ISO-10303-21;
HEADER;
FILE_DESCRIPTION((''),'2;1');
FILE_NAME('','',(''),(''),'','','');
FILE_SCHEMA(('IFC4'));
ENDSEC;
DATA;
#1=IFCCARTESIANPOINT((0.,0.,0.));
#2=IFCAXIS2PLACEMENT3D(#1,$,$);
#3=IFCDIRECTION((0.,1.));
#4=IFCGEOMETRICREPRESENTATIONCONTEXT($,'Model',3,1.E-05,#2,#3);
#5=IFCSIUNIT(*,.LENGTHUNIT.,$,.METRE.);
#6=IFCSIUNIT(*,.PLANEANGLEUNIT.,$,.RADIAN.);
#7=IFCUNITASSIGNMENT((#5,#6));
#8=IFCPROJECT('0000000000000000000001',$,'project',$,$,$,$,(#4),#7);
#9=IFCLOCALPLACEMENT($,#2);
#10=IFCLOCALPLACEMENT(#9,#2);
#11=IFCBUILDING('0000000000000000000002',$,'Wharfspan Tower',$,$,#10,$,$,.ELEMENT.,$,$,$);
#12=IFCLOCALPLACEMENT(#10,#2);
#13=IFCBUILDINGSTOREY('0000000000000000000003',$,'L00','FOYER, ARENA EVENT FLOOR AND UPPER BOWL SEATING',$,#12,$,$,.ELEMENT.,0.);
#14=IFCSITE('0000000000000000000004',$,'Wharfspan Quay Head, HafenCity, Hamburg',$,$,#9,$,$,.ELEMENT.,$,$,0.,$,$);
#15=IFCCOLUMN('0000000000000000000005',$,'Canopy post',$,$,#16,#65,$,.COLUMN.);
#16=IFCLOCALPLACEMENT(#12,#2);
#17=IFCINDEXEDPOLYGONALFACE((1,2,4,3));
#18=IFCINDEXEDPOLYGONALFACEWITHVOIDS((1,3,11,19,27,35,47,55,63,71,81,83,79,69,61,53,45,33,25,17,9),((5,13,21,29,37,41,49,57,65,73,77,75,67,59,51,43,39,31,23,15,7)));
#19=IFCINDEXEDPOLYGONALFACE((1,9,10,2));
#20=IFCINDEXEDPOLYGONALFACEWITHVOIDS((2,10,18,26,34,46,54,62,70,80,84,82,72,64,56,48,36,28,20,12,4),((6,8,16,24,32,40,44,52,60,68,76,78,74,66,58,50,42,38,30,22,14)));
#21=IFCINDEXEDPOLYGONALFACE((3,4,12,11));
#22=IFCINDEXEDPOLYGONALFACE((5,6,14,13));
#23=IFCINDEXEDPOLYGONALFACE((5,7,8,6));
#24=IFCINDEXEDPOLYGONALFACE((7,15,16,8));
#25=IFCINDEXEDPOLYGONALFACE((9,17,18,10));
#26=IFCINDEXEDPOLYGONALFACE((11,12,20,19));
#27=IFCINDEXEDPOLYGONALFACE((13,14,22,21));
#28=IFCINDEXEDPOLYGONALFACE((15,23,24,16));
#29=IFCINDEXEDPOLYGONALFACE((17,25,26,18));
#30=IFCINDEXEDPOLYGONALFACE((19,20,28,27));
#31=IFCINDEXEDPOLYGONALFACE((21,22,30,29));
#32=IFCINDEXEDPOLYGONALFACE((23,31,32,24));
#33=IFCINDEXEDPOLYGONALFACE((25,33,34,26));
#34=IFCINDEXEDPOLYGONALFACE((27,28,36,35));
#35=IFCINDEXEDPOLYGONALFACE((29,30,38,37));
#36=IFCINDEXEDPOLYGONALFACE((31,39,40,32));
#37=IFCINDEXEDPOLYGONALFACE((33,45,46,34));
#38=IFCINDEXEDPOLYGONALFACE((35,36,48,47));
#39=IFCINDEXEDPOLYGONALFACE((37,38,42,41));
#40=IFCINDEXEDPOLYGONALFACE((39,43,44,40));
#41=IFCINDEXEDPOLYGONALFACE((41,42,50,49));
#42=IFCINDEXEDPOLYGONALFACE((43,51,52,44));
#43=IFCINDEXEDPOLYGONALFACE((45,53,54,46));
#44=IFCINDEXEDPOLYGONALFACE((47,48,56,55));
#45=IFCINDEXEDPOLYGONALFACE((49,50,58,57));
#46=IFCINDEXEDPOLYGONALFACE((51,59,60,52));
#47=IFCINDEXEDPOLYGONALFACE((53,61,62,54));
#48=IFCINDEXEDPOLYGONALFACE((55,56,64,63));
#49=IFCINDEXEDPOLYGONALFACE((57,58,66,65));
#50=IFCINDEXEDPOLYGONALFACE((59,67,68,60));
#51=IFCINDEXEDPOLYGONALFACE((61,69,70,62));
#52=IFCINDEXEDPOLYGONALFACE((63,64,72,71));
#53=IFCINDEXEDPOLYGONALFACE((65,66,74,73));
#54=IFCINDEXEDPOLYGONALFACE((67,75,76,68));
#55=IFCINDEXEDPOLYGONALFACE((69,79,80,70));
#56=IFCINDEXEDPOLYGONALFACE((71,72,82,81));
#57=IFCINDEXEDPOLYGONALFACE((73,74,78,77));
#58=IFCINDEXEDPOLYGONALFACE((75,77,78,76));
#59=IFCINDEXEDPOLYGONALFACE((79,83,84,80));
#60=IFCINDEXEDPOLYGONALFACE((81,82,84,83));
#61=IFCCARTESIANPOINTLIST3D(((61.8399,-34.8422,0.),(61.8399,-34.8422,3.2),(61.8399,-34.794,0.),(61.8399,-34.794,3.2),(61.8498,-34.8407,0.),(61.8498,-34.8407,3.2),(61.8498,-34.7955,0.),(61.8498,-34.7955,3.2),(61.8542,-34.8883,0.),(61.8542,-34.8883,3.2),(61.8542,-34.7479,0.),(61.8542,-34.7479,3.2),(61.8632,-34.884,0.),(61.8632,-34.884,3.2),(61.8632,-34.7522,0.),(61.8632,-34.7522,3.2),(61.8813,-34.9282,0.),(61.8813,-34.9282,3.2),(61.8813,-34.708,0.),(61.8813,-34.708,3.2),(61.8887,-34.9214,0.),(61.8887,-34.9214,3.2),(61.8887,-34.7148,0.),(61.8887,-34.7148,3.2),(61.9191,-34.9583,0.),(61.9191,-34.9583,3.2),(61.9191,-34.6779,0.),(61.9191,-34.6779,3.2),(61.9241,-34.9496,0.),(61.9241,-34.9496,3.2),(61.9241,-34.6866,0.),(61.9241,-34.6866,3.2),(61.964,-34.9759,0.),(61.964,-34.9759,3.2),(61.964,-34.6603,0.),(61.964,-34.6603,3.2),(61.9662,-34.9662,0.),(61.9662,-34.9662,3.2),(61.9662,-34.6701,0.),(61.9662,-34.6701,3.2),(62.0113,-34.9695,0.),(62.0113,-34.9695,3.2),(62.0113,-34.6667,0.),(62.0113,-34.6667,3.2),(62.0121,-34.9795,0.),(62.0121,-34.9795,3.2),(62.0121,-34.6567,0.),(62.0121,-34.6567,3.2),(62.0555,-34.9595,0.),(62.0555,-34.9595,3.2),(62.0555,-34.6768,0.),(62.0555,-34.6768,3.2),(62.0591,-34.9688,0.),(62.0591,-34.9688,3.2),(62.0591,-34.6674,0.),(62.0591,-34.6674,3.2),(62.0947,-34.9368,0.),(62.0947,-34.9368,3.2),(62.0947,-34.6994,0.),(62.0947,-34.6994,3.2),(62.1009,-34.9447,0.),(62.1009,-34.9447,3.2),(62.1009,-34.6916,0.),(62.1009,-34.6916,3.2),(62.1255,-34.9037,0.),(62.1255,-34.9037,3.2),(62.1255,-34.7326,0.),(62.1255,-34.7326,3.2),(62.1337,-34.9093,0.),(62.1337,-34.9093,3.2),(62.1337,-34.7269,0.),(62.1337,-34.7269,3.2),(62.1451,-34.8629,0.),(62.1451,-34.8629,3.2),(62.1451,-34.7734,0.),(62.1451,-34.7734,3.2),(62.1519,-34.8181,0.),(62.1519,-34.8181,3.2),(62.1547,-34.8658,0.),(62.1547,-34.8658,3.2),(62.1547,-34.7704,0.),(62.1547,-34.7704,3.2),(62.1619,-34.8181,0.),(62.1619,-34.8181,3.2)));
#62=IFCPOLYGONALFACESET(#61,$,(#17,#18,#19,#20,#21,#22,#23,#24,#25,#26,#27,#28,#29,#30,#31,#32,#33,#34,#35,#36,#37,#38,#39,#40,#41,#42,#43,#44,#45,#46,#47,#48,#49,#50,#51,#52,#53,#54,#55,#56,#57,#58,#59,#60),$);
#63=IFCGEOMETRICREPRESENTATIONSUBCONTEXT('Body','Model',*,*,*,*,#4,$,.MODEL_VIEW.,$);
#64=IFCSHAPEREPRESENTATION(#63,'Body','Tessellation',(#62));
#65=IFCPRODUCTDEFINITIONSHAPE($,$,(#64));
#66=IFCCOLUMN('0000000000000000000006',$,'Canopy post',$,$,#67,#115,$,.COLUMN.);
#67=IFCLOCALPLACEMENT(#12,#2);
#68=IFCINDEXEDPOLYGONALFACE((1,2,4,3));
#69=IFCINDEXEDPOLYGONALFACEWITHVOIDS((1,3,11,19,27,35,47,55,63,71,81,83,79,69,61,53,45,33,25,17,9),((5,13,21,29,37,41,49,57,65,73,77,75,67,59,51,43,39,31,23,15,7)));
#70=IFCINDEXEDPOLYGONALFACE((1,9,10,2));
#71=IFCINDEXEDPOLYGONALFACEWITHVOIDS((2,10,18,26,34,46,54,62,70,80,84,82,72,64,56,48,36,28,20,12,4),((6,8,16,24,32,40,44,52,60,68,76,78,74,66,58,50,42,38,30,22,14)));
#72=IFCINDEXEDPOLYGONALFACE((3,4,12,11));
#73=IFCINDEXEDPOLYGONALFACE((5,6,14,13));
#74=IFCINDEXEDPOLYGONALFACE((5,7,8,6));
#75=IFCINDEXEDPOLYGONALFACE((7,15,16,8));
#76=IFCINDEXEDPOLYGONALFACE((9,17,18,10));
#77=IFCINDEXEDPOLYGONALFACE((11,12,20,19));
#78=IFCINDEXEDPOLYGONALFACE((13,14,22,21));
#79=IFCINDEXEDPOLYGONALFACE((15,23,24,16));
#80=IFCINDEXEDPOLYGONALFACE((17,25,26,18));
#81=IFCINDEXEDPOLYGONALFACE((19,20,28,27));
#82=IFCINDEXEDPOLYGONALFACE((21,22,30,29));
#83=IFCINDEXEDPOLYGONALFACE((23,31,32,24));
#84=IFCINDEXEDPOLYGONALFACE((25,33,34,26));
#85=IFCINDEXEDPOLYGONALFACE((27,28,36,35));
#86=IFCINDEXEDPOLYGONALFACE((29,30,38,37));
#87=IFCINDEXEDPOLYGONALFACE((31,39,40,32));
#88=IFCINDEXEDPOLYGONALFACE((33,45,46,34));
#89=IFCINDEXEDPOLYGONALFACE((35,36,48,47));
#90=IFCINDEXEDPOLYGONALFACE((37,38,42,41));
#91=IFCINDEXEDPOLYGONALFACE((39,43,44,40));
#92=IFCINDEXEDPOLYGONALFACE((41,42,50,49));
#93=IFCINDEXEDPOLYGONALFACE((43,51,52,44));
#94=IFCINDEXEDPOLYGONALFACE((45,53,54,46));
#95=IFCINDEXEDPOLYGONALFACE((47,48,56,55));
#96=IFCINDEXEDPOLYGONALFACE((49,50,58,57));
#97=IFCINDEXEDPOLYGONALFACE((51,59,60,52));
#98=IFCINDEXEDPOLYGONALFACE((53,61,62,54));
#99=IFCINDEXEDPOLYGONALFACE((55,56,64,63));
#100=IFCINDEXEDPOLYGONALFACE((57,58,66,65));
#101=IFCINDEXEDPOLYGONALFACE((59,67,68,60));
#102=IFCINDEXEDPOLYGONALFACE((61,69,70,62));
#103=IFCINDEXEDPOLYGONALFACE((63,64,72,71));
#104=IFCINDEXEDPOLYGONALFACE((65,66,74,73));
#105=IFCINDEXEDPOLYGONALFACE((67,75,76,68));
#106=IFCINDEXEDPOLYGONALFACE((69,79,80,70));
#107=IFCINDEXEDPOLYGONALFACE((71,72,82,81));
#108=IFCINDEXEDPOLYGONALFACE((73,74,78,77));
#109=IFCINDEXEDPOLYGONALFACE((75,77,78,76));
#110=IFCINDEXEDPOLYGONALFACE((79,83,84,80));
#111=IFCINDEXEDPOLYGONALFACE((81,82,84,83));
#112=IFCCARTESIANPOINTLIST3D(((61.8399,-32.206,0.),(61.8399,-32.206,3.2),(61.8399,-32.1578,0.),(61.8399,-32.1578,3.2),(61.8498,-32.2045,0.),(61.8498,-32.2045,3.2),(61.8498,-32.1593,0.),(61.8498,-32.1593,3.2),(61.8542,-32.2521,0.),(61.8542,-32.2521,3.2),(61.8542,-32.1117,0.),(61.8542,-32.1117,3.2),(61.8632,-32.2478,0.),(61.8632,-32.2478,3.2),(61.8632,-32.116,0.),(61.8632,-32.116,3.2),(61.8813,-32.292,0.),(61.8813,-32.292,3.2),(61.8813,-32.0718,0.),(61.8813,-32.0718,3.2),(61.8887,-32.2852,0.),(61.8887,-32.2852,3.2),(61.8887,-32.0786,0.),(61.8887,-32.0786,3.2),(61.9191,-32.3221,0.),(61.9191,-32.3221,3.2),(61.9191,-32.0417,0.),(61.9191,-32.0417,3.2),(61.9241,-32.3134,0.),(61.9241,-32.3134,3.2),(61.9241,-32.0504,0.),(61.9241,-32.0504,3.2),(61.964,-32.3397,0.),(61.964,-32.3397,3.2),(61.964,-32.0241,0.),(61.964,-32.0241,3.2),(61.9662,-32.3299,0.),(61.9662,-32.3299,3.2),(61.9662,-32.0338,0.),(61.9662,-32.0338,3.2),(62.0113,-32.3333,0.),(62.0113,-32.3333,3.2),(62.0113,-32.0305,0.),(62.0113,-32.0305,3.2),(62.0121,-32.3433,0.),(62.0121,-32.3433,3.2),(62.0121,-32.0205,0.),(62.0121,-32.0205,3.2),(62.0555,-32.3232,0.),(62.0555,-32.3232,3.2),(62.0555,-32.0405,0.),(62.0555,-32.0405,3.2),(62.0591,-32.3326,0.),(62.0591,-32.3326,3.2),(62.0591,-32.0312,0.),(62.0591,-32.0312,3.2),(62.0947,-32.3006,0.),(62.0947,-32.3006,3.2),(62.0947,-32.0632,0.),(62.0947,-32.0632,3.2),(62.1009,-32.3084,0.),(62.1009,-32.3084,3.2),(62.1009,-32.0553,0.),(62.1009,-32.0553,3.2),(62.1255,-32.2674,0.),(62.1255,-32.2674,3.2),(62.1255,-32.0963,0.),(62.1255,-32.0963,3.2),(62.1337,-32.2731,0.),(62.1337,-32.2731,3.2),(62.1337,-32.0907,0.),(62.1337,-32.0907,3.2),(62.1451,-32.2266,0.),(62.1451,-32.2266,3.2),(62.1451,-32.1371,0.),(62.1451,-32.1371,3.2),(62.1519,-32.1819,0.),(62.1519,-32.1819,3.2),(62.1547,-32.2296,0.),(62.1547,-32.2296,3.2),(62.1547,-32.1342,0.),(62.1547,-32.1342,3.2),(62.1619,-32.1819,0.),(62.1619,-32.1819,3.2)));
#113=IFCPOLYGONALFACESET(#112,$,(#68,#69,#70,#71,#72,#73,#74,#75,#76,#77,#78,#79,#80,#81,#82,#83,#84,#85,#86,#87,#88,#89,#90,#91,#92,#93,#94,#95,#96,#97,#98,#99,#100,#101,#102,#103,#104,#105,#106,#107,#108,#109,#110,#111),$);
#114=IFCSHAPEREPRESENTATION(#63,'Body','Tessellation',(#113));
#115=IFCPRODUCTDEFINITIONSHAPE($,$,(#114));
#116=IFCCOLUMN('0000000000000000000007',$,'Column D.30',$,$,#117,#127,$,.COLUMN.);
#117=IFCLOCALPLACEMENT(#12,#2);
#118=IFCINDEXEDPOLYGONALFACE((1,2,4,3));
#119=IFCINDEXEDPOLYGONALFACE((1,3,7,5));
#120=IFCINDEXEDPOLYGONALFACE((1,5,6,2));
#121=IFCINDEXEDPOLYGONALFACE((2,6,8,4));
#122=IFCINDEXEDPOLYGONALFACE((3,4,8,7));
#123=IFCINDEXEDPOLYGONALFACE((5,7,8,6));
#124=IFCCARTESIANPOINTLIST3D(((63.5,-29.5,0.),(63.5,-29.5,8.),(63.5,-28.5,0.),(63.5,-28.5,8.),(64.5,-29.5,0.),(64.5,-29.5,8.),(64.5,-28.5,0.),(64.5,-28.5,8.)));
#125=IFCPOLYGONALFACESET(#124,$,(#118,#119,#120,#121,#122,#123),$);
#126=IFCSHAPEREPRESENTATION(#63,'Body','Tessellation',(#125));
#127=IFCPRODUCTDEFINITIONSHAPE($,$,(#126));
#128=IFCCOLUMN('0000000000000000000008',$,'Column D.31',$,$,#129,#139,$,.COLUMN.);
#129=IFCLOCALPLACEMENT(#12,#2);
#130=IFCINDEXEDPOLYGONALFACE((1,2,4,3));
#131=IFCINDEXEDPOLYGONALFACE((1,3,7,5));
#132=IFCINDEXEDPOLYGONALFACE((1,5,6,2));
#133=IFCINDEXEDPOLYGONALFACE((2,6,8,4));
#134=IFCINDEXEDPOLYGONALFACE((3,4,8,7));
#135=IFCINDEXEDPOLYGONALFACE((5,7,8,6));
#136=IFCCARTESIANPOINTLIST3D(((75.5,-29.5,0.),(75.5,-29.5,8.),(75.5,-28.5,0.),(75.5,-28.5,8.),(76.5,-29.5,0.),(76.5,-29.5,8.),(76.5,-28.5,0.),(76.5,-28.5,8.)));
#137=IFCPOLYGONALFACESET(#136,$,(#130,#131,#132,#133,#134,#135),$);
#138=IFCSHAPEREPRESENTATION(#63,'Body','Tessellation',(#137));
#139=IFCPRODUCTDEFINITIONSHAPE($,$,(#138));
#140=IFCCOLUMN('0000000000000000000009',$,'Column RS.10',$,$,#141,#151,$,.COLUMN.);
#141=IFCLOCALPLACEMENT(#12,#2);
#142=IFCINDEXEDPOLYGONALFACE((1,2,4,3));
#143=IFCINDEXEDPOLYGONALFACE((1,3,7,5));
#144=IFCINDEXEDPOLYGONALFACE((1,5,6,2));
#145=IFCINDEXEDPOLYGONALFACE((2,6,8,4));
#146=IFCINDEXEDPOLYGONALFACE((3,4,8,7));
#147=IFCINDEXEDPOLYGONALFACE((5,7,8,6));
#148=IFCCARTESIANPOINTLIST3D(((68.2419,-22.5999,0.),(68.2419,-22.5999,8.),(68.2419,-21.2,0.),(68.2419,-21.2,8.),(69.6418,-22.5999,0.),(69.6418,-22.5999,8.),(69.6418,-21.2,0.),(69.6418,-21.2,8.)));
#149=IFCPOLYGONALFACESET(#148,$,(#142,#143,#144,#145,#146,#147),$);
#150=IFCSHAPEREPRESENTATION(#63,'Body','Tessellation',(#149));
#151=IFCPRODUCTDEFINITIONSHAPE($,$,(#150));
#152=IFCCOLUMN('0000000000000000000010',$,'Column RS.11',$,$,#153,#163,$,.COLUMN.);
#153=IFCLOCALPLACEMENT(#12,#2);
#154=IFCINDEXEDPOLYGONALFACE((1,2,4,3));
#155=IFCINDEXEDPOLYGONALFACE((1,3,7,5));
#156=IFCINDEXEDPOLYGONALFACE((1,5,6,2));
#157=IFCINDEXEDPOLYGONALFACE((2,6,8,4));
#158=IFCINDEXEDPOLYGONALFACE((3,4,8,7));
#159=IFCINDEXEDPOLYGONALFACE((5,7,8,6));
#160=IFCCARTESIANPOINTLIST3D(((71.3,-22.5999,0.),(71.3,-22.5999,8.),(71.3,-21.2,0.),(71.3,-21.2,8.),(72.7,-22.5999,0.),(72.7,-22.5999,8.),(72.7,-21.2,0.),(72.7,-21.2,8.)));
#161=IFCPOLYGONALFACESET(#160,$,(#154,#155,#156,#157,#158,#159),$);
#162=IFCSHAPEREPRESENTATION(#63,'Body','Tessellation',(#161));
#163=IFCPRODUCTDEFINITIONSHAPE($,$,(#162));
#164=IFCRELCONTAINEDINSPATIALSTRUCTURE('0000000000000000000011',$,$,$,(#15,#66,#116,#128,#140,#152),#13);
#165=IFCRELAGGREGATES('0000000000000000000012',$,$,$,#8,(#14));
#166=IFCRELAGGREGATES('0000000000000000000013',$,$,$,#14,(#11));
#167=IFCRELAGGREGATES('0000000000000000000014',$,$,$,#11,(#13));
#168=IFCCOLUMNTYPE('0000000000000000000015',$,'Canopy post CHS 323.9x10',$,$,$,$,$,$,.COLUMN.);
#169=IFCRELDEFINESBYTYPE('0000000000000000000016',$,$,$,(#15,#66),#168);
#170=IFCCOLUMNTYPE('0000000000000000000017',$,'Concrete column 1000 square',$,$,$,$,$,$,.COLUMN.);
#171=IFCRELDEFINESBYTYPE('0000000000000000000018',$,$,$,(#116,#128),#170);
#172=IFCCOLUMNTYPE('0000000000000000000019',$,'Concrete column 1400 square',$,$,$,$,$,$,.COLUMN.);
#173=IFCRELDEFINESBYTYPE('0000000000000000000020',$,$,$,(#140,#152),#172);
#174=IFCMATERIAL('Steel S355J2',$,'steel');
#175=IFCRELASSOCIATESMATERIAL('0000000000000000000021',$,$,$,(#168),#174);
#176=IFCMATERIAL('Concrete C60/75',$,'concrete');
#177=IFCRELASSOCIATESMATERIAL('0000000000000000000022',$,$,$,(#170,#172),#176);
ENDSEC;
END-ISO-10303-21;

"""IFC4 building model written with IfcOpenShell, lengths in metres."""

from ifc_helpers import new_model, si_unit, direction, frame, origin, origin_2d, place, context, subcontext, project, spatial, rectangle, hollow_circle, extrude, material, material_profile, profile_set, type_object, element, save


model = new_model("IFC4")

# Units and contexts
model_context = context("Model", 3, precision=1e-05, world=origin(), true_north=direction((0.0, 1.0)))
body_context = subcontext(model_context, "Body", "Model", "MODEL_VIEW")
ifc_project = project(units=[si_unit("LENGTHUNIT", "METRE"), si_unit("PLANEANGLEUNIT", "RADIAN")], contexts=[model_context])

# Site, building, storey
site_placement = place(None, origin())
site = spatial("IfcSite", under=ifc_project, at=site_placement, Name="Wharfspan Quay Head, HafenCity, Hamburg", CompositionType="ELEMENT", RefElevation=0.0)
building_placement = place(site_placement, origin())
building = spatial("IfcBuilding", under=site, at=building_placement, Name="Wharfspan Tower", CompositionType="ELEMENT")
storey_placement = place(building_placement, origin())
storey = spatial("IfcBuildingStorey", under=building, at=storey_placement, Name="L00", Description="FOYER, ARENA EVENT FLOOR AND UPPER BOWL SEATING", CompositionType="ELEMENT", Elevation=0.0)

# Columns
ifc_material_1 = material(Name="Steel S355J2", Category="steel")
ifc_material_profile_1 = material_profile(ifc_material_1, hollow_circle(Radius=0.1619, WallThickness=0.01, at=origin_2d()))
ifc_profile_set_1 = profile_set([ifc_material_profile_1], Name="Steel S355J2")
column_type_1 = type_object("IfcColumnType", Name="Canopy post CHS 323.9x10", PredefinedType="COLUMN", material=ifc_profile_set_1)
for number, where, z_axis, x_axis, name in (
    (1, (62.0, -34.8181, 0.0), (0.0, 0.0, 1.0), (1.0, 0.0, 0.0), "Canopy post"),
    (2, (62.0, -32.1819, 0.0), (0.0, 0.0, 1.0), (1.0, 0.0, 0.0), "Canopy post"),
):
    element("IfcColumn", number, at=place(storey_placement, frame(where, z_axis=z_axis, x_axis=x_axis)), inside=storey, type_object=column_type_1, Name=name, PredefinedType="COLUMN", context=body_context, shape_type="SweptSolid", body=[
        extrude(hollow_circle(Radius=0.1619, WallThickness=0.01, at=origin_2d()), origin(), (0.0, 0.0, 1.0), 3.2),
    ])
ifc_material_2 = material(Name="Concrete C60/75", Category="concrete")
ifc_material_profile_2 = material_profile(ifc_material_2, rectangle(XDim=1.0, YDim=1.0, at=origin_2d()))
ifc_profile_set_2 = profile_set([ifc_material_profile_2], Name="Concrete C60/75")
column_type_2 = type_object("IfcColumnType", Name="Concrete column 1000 square", PredefinedType="COLUMN", material=ifc_profile_set_2)
for number, where, z_axis, x_axis, name in (
    (3, (64.0, -29.0, 0.0), (0.0, 0.0, 1.0), (1.0, 0.0, 0.0), "Column D.30"),
    (4, (76.0, -29.0, 0.0), (0.0, 0.0, 1.0), (1.0, 0.0, 0.0), "Column D.31"),
):
    element("IfcColumn", number, at=place(storey_placement, frame(where, z_axis=z_axis, x_axis=x_axis)), inside=storey, type_object=column_type_2, Name=name, PredefinedType="COLUMN", context=body_context, shape_type="SweptSolid", body=[
        extrude(rectangle(XDim=1.0, YDim=1.0, at=origin_2d()), origin(), (0.0, 0.0, 1.0), 8.0),
    ])
ifc_material_profile_3 = material_profile(ifc_material_2, rectangle(XDim=1.3999, YDim=1.3999, at=origin_2d()))
ifc_profile_set_3 = profile_set([ifc_material_profile_3], Name="Concrete C60/75")
column_type_3 = type_object("IfcColumnType", Name="Concrete column 1400 square", PredefinedType="COLUMN", material=ifc_profile_set_3)
for number, where, z_axis, x_axis, name in (
    (5, (68.9419, -21.8999, 0.0), (0.0, 0.0, 1.0), (1.0, 0.0, 0.0), "Column RS.10"),
    (6, (72.0, -21.8999, 0.0), (0.0, 0.0, 1.0), (1.0, 0.0, 0.0), "Column RS.11"),
):
    element("IfcColumn", number, at=place(storey_placement, frame(where, z_axis=z_axis, x_axis=x_axis)), inside=storey, type_object=column_type_3, Name=name, PredefinedType="COLUMN", context=body_context, shape_type="SweptSolid", body=[
        extrude(rectangle(XDim=1.3999, YDim=1.3999, at=origin_2d()), origin(), (0.0, 0.0, 1.0), 8.0),
    ])

save(model, "model.ifc")
